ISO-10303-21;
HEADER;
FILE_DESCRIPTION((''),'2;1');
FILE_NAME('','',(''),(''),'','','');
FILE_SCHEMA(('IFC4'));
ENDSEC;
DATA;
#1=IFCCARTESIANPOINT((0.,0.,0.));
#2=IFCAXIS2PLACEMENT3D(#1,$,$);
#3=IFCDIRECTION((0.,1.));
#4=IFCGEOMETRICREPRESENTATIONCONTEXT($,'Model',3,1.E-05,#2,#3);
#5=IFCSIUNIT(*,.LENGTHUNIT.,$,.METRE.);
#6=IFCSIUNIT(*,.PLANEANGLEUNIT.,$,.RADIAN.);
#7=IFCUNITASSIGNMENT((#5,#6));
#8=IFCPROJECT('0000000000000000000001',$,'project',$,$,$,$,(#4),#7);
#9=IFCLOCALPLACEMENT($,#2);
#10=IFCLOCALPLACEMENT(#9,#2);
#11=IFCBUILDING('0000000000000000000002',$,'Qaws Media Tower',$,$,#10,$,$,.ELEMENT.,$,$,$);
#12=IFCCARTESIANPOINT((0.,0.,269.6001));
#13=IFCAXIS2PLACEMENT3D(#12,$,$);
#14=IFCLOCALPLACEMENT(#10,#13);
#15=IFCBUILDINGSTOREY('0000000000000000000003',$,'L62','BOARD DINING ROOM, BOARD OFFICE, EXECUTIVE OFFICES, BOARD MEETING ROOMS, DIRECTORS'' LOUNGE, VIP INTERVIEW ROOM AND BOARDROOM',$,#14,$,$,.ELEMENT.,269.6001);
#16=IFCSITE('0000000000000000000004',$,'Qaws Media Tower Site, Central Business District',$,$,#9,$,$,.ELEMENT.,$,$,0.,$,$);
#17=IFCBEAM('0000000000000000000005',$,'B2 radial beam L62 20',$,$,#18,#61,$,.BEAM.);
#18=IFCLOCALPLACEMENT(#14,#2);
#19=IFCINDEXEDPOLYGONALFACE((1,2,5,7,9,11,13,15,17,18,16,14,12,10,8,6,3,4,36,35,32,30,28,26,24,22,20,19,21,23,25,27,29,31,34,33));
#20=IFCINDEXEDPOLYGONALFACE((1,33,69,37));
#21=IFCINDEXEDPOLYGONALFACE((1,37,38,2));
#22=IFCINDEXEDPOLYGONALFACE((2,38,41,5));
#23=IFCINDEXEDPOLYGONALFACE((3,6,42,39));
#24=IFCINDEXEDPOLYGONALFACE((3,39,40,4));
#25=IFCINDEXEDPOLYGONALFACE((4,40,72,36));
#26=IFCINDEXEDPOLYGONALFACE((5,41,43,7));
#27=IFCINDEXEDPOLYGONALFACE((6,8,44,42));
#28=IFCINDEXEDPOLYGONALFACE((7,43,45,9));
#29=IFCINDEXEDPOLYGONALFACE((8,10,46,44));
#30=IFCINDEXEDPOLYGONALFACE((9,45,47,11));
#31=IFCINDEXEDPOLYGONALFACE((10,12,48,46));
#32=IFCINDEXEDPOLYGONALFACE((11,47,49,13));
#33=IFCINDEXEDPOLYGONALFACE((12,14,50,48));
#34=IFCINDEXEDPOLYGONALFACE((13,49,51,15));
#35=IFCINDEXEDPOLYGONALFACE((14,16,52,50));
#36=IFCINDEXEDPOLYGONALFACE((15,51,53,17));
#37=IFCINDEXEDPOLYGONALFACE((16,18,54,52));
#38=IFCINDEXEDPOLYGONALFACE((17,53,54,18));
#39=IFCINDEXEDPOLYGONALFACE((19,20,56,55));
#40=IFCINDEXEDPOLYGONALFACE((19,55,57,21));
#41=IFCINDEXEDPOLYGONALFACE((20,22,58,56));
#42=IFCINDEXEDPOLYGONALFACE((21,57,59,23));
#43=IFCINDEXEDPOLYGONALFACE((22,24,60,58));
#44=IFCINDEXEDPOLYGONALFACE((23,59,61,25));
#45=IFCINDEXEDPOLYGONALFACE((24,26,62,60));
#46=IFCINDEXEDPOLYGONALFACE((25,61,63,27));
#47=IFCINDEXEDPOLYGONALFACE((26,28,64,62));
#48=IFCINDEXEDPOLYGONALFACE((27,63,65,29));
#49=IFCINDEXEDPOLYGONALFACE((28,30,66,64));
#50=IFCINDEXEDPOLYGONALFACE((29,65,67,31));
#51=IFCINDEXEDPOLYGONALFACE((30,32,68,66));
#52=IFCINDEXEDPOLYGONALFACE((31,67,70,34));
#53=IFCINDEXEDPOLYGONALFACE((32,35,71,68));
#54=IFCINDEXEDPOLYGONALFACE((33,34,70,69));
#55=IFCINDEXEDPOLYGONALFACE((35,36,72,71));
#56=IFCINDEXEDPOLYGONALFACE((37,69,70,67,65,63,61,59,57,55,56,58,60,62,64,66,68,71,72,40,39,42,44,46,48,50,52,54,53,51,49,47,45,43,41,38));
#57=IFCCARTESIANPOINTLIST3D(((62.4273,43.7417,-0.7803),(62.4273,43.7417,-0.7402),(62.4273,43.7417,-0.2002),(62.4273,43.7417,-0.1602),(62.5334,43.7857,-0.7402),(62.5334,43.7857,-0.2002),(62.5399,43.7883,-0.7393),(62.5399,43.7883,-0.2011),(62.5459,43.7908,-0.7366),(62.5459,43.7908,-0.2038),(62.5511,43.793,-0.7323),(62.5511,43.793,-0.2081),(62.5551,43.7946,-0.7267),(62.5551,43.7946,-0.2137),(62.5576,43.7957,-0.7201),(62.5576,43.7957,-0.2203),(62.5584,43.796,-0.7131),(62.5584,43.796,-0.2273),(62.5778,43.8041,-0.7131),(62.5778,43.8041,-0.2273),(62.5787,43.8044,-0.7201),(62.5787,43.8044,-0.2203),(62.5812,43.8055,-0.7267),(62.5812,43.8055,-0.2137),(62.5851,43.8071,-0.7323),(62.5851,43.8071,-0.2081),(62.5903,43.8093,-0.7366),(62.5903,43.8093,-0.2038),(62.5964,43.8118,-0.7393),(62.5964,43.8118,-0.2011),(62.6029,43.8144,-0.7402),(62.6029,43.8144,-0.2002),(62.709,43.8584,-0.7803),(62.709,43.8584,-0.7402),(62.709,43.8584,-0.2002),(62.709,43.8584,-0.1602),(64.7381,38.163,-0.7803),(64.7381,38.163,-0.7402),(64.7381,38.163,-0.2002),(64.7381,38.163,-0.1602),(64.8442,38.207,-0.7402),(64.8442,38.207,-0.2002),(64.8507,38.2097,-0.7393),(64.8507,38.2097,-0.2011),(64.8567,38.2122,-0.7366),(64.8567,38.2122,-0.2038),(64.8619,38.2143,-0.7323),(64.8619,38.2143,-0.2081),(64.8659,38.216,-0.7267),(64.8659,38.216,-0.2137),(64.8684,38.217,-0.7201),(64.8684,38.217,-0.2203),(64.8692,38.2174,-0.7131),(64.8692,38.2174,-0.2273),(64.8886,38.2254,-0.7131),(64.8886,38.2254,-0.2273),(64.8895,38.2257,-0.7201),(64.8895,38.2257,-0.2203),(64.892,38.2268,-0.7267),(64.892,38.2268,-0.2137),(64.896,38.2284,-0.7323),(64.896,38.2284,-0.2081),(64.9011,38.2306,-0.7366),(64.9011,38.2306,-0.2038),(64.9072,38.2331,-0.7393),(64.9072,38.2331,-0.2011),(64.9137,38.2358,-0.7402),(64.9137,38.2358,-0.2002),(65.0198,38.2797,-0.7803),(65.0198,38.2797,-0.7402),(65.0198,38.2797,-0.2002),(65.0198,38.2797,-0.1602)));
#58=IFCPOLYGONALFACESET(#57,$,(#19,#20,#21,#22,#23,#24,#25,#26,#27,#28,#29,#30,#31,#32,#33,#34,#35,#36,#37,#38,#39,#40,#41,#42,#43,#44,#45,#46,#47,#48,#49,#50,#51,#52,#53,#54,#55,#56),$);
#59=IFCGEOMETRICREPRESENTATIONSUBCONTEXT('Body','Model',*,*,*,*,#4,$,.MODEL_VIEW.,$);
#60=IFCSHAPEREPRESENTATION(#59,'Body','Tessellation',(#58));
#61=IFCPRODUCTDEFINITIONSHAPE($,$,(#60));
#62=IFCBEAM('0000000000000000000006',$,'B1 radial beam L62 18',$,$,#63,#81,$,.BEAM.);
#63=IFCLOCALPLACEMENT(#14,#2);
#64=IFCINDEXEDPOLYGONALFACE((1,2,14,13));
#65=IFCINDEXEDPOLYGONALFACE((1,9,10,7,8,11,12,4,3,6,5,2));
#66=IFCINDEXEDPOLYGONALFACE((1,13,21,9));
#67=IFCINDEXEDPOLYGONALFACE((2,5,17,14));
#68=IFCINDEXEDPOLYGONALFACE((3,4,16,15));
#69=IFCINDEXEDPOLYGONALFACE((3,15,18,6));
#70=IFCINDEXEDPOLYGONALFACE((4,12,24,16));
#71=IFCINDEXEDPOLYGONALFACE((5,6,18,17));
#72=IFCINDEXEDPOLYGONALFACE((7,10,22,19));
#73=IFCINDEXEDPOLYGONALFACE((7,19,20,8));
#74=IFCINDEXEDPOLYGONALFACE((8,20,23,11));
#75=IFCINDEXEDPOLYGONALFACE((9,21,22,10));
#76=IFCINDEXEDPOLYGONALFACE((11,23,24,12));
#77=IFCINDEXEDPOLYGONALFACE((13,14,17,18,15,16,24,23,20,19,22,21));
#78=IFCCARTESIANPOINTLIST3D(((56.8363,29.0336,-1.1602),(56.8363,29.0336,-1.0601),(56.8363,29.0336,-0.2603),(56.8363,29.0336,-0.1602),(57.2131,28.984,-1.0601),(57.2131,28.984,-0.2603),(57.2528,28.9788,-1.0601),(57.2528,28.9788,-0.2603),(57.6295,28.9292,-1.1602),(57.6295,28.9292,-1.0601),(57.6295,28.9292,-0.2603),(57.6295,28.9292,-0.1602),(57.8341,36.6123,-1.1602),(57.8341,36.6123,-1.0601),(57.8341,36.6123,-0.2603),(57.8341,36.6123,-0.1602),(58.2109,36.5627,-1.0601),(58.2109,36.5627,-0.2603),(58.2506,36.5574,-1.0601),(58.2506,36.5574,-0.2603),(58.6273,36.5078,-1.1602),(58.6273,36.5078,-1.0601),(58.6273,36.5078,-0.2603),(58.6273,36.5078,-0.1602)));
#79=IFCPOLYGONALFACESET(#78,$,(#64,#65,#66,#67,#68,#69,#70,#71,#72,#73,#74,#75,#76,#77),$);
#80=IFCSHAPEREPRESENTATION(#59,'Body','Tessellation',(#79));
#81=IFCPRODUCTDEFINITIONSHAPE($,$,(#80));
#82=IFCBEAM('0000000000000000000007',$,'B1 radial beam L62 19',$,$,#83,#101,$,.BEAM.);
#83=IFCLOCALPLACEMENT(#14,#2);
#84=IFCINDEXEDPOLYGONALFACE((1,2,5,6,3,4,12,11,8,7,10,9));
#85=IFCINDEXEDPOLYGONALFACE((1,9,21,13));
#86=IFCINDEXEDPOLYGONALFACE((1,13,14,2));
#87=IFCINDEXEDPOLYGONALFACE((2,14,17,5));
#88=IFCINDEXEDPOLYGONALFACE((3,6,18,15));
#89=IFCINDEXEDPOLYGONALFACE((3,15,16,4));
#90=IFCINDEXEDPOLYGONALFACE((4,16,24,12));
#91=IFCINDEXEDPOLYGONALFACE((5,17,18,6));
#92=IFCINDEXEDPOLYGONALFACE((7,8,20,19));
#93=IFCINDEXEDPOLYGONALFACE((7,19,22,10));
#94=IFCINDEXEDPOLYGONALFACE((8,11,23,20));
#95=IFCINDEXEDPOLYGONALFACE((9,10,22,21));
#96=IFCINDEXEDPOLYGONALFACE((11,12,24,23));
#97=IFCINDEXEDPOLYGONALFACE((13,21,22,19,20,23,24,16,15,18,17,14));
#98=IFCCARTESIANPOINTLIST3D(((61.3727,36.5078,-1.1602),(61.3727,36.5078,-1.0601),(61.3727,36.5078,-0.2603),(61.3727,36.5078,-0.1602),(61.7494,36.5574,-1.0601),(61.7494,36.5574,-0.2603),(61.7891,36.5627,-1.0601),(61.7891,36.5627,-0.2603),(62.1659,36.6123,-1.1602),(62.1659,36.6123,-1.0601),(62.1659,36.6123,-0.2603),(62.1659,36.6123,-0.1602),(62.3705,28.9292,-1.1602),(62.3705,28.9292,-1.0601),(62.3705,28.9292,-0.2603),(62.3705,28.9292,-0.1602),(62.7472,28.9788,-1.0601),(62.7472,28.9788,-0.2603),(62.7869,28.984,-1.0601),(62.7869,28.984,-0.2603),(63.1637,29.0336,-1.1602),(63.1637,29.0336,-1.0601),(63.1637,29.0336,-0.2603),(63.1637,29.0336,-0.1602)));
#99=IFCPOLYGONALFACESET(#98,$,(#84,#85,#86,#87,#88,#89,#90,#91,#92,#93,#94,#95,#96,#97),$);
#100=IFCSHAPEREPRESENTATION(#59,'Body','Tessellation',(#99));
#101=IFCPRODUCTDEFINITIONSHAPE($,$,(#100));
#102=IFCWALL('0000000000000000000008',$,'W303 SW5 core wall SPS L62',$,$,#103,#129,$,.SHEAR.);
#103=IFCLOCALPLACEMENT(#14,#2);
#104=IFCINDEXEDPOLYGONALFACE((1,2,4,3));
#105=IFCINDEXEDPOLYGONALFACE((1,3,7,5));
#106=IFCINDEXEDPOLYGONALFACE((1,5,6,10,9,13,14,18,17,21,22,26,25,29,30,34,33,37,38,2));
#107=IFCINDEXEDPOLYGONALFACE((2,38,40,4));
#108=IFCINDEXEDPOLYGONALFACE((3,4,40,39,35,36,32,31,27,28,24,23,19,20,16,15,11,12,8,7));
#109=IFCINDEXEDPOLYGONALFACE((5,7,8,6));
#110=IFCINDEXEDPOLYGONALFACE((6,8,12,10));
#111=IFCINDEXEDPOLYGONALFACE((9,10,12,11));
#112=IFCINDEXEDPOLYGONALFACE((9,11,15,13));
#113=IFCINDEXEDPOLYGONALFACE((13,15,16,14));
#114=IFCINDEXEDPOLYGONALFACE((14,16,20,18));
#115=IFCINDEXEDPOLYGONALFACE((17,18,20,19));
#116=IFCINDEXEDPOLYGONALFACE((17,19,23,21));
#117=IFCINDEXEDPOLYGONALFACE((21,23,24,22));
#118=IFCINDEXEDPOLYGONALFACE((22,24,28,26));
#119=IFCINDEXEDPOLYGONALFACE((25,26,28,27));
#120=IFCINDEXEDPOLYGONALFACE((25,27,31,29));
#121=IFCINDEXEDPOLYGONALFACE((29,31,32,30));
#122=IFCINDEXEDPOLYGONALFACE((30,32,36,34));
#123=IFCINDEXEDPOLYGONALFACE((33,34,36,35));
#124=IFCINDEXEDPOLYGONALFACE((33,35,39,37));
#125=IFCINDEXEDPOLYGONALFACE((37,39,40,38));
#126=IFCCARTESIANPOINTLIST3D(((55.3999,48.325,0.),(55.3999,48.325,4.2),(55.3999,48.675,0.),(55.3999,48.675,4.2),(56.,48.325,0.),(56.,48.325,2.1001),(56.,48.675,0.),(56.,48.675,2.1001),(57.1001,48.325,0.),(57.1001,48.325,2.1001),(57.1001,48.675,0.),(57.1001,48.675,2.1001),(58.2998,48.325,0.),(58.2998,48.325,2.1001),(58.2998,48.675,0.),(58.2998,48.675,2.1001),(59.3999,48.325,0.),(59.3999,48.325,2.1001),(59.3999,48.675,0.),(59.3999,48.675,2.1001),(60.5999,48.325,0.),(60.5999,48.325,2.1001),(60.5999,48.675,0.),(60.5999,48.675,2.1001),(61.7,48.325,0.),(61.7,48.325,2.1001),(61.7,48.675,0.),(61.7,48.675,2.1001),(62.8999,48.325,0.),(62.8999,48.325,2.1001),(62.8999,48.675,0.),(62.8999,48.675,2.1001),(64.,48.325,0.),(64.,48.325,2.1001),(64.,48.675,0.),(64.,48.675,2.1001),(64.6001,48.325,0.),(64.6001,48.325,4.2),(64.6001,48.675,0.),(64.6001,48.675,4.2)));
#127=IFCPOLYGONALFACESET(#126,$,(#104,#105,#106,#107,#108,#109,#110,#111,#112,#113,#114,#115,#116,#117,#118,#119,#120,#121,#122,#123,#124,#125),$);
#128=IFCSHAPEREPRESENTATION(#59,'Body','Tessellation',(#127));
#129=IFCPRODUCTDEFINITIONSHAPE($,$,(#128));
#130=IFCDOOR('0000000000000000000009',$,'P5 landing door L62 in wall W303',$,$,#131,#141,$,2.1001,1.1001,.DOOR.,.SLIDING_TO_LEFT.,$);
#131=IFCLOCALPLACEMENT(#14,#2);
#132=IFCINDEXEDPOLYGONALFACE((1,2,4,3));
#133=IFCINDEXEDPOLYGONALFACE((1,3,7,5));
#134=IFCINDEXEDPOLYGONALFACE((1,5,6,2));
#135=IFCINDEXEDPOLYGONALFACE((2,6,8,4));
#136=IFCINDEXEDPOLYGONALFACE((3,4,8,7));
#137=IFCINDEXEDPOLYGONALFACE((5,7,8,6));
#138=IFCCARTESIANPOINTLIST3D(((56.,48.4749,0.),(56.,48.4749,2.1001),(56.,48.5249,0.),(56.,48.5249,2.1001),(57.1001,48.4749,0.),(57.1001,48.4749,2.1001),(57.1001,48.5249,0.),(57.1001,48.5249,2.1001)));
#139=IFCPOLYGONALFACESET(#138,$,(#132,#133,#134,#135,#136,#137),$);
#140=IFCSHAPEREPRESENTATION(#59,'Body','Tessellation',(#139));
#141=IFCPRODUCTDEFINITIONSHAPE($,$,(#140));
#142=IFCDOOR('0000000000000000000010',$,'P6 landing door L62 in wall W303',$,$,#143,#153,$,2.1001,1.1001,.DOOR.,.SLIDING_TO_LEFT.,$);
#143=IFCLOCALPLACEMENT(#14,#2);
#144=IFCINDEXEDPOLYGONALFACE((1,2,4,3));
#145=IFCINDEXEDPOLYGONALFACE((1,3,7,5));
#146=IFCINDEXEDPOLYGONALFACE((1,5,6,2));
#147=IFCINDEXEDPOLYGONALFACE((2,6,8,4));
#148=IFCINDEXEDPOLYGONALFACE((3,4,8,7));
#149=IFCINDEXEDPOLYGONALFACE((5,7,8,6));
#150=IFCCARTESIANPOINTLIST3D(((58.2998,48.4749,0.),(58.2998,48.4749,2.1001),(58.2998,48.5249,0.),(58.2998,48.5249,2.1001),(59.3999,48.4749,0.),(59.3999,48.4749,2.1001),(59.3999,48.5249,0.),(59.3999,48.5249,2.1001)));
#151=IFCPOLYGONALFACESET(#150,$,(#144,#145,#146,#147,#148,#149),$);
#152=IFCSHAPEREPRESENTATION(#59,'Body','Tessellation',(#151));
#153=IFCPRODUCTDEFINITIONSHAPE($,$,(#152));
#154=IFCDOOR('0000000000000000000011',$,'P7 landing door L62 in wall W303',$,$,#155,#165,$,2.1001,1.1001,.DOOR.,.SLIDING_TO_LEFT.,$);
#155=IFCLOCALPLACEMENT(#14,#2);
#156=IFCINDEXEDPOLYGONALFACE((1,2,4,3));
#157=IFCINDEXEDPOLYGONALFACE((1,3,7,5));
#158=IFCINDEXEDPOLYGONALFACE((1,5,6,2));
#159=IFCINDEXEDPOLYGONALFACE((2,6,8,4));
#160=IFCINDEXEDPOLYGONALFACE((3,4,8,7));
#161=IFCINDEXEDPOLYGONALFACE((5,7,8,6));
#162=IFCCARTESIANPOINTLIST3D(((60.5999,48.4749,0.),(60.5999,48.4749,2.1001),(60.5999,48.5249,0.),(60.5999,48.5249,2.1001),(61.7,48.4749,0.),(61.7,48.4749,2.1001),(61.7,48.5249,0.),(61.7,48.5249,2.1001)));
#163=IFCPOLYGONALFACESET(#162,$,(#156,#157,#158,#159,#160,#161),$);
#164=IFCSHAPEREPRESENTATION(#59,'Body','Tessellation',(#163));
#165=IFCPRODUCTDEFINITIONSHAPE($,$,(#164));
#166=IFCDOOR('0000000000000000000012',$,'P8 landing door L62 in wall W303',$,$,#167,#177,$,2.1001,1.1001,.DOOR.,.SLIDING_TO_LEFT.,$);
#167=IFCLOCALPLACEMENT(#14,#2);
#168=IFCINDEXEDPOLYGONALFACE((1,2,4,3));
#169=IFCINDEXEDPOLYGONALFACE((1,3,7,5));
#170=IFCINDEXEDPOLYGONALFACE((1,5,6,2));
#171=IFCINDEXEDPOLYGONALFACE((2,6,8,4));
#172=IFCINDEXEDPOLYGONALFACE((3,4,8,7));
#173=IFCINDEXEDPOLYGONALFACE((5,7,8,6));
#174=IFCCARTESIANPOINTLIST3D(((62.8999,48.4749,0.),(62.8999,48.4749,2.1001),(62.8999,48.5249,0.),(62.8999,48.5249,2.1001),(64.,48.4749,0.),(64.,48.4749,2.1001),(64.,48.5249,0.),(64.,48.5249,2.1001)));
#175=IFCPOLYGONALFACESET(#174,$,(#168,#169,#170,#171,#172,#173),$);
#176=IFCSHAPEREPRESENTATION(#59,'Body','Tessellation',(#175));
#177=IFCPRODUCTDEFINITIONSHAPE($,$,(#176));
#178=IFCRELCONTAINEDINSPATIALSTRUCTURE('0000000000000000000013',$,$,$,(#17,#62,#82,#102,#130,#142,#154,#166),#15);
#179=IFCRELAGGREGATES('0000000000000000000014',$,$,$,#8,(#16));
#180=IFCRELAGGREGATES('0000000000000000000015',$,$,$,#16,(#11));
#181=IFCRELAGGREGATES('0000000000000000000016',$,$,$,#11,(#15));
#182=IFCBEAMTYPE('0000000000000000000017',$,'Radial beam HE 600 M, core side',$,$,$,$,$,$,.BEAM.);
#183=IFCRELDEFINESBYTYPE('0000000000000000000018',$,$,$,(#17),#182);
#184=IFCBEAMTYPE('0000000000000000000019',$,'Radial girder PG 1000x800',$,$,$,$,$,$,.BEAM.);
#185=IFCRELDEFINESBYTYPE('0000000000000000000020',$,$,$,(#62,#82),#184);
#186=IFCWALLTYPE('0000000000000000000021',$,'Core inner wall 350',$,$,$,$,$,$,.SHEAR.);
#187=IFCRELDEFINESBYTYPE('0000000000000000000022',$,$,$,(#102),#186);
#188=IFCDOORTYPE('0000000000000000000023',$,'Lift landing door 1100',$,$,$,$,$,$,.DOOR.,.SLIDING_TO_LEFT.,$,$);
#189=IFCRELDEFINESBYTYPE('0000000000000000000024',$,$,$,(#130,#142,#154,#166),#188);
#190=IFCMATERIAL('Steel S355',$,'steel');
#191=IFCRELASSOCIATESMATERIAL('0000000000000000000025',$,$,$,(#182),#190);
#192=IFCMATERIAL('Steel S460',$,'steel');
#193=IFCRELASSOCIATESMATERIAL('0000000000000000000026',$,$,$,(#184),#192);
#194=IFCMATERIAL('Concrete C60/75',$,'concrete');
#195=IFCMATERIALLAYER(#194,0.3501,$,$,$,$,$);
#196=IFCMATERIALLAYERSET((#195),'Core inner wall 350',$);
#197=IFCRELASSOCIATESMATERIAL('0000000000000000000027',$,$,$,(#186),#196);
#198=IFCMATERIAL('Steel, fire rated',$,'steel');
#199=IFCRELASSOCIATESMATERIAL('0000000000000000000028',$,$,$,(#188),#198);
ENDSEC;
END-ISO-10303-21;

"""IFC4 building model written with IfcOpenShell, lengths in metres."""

from ifc_helpers import new_model, si_unit, direction, frame, frame_2d, origin, origin_2d, place, context, subcontext, project, spatial, rectangle, i_section, extrude, material, layer, layer_set, material_profile, profile_set, type_object, element, fill, save


model = new_model("IFC4")

# Units and contexts
model_context = context("Model", 3, precision=1e-05, world=origin(), true_north=direction((0.0, 1.0)))
body_context = subcontext(model_context, "Body", "Model", "MODEL_VIEW")
ifc_project = project(units=[si_unit("LENGTHUNIT", "METRE"), si_unit("PLANEANGLEUNIT", "RADIAN")], contexts=[model_context])

# Site, building, storey
site_placement = place(None, origin())
site = spatial("IfcSite", under=ifc_project, at=site_placement, Name="Qaws Media Tower Site, Central Business District", CompositionType="ELEMENT", RefElevation=0.0)
building_placement = place(site_placement, origin())
building = spatial("IfcBuilding", under=site, at=building_placement, Name="Qaws Media Tower", CompositionType="ELEMENT")
storey_placement = place(building_placement, frame((0.0, 0.0, 269.6001)))
storey = spatial("IfcBuildingStorey", under=building, at=storey_placement, Name="L62", Description="BOARD DINING ROOM, BOARD OFFICE, EXECUTIVE OFFICES, BOARD MEETING ROOMS, DIRECTORS' LOUNGE, VIP INTERVIEW ROOM AND BOARDROOM", CompositionType="ELEMENT", Elevation=269.6001)

# Beams
ifc_material_1 = material(Name="Steel S355", Category="steel")
ifc_material_profile_1 = material_profile(ifc_material_1, i_section(OverallWidth=0.3049, OverallDepth=0.6201, WebThickness=0.021, FlangeThickness=0.04, FilletRadius=0.0271, at=origin_2d()), Name="HE 600 M")
ifc_profile_set_1 = profile_set([ifc_material_profile_1], Name="Steel S355")
beam_type_1 = type_object("IfcBeamType", Name="Radial beam HE 600 M, core side", PredefinedType="BEAM", material=ifc_profile_set_1)
beam_1_placement = place(storey_placement, frame((62.5681, 43.8, -0.4702), z_axis=(0.382691, -0.923876, 0.0), x_axis=(0.923876, 0.382691, 0.0)))
element("IfcBeam", 1, at=beam_1_placement, inside=storey, type_object=beam_type_1, Name="B2 radial beam L62 20", PredefinedType="BEAM", context=body_context, shape_type="SweptSolid", body=[
    extrude(i_section(OverallWidth=0.3049, OverallDepth=0.6201, WebThickness=0.021, FlangeThickness=0.04, FilletRadius=0.0271, at=origin_2d()), origin(), (0.0, 0.0, 1.0), 6.0383),
])
ifc_material_2 = material(Name="Steel S460", Category="steel")
ifc_material_profile_2 = material_profile(ifc_material_2, i_section(OverallWidth=0.8, OverallDepth=1.0, WebThickness=0.04, FlangeThickness=0.1001, at=origin_2d()), Name="PG 1000x800")
ifc_profile_set_2 = profile_set([ifc_material_profile_2], Name="Steel S460")
beam_type_2 = type_object("IfcBeamType", Name="Radial girder PG 1000x800", PredefinedType="BEAM", material=ifc_profile_set_2)
for number, where, z_axis, x_axis, name in (
    (2, (58.2307, 36.5601, -0.6602), (-0.130534, -0.991444, 0.0), (0.991444, -0.130534, 0.0), "B1 radial beam L62 18"),
    (3, (61.7693, 36.5601, -0.6602), (0.130534, -0.991444, 0.0), (0.991444, 0.130534, 0.0), "B1 radial beam L62 19"),
):
    element("IfcBeam", number, at=place(storey_placement, frame(where, z_axis=z_axis, x_axis=x_axis)), inside=storey, type_object=beam_type_2, Name=name, PredefinedType="BEAM", context=body_context, shape_type="SweptSolid", body=[
        extrude(i_section(OverallWidth=0.8, OverallDepth=1.0, WebThickness=0.04, FlangeThickness=0.1001, at=origin_2d()), origin(), (0.0, 0.0, 1.0), 7.644),
    ])

# Wall, openings, doors
ifc_material_3 = material(Name="Concrete C60/75", Category="concrete")
ifc_layer_1 = layer(ifc_material_3, 0.3501)
ifc_layer_set_1 = layer_set([ifc_layer_1], Name="Core inner wall 350")
wall_type_1 = type_object("IfcWallType", Name="Core inner wall 350", PredefinedType="SHEAR", material=ifc_layer_set_1)
wall_1_placement = place(storey_placement, frame((55.3999, 48.5, 0.0), z_axis=(0.0, 0.0, 1.0), x_axis=(1.0, 0.0, 0.0)))
wall_1 = element("IfcWall", 4, at=wall_1_placement, inside=storey, type_object=wall_type_1, Name="W303 SW5 core wall SPS L62", PredefinedType="SHEAR", context=body_context, shape_type="SweptSolid", body=[
    extrude(rectangle(XDim=9.2002, YDim=0.3501, at=frame_2d((4.6001, 0.0))), origin(), (0.0, 0.0, 1.0), 4.2),
])
opening_1_placement = place(wall_1_placement, frame((0.6001, 0.0, 0.0)))
opening_1 = element("IfcOpeningElement", 5, at=opening_1_placement, cuts=wall_1, PredefinedType="OPENING", context=body_context, shape_type="SweptSolid", body=[
    extrude(rectangle(XDim=1.1001, YDim=2.1001, at=frame_2d((0.55, 1.05))), frame((0.0, 0.1851, 0.0), z_axis=(0.0, -1.0, 0.0), x_axis=(1.0, 0.0, 0.0)), (0.0, 0.0, 1.0), 0.3701),
])
opening_2_placement = place(wall_1_placement, frame((2.8999, 0.0, 0.0)))
opening_2 = element("IfcOpeningElement", 6, at=opening_2_placement, cuts=wall_1, PredefinedType="OPENING", context=body_context, shape_type="SweptSolid", body=[
    extrude(rectangle(XDim=1.1001, YDim=2.1001, at=frame_2d((0.55, 1.05))), frame((0.0, 0.1851, 0.0), z_axis=(0.0, -1.0, 0.0), x_axis=(1.0, 0.0, 0.0)), (0.0, 0.0, 1.0), 0.3701),
])
opening_3_placement = place(wall_1_placement, frame((5.2, 0.0, 0.0)))
opening_3 = element("IfcOpeningElement", 7, at=opening_3_placement, cuts=wall_1, PredefinedType="OPENING", context=body_context, shape_type="SweptSolid", body=[
    extrude(rectangle(XDim=1.1001, YDim=2.1001, at=frame_2d((0.55, 1.05))), frame((0.0, 0.1851, 0.0), z_axis=(0.0, -1.0, 0.0), x_axis=(1.0, 0.0, 0.0)), (0.0, 0.0, 1.0), 0.3701),
])
opening_4_placement = place(wall_1_placement, frame((7.5, 0.0, 0.0)))
opening_4 = element("IfcOpeningElement", 8, at=opening_4_placement, cuts=wall_1, PredefinedType="OPENING", context=body_context, shape_type="SweptSolid", body=[
    extrude(rectangle(XDim=1.1001, YDim=2.1001, at=frame_2d((0.55, 1.05))), frame((0.0, 0.1851, 0.0), z_axis=(0.0, -1.0, 0.0), x_axis=(1.0, 0.0, 0.0)), (0.0, 0.0, 1.0), 0.3701),
])
ifc_material_4 = material(Name="Steel, fire rated", Category="steel")
door_type_1 = type_object("IfcDoorType", Name="Lift landing door 1100", OperationType="SLIDING_TO_LEFT", PredefinedType="DOOR", material=ifc_material_4)
door_1_placement = place(opening_1_placement, origin())
door_1 = element("IfcDoor", 9, at=door_1_placement, inside=storey, type_object=door_type_1, Name="P5 landing door L62 in wall W303", OperationType="SLIDING_TO_LEFT", OverallHeight=2.1001, OverallWidth=1.1001, PredefinedType="DOOR", context=body_context, shape_type="SweptSolid", body=[
    extrude(rectangle(XDim=1.1001, YDim=2.1001, at=frame_2d((0.55, 1.05))), frame((0.0, 0.0249, 0.0), z_axis=(0.0, -1.0, 0.0), x_axis=(1.0, 0.0, 0.0)), (0.0, 0.0, 1.0), 0.05),
])
fill(opening_1, door_1)
door_2_placement = place(opening_2_placement, origin())
door_2 = element("IfcDoor", 10, at=door_2_placement, inside=storey, type_object=door_type_1, Name="P6 landing door L62 in wall W303", OperationType="SLIDING_TO_LEFT", OverallHeight=2.1001, OverallWidth=1.1001, PredefinedType="DOOR", context=body_context, shape_type="SweptSolid", body=[
    extrude(rectangle(XDim=1.1001, YDim=2.1001, at=frame_2d((0.55, 1.05))), frame((0.0, 0.0249, 0.0), z_axis=(0.0, -1.0, 0.0), x_axis=(1.0, 0.0, 0.0)), (0.0, 0.0, 1.0), 0.05),
])
fill(opening_2, door_2)
door_3_placement = place(opening_3_placement, origin())
door_3 = element("IfcDoor", 11, at=door_3_placement, inside=storey, type_object=door_type_1, Name="P7 landing door L62 in wall W303", OperationType="SLIDING_TO_LEFT", OverallHeight=2.1001, OverallWidth=1.1001, PredefinedType="DOOR", context=body_context, shape_type="SweptSolid", body=[
    extrude(rectangle(XDim=1.1001, YDim=2.1001, at=frame_2d((0.55, 1.05))), frame((0.0, 0.0249, 0.0), z_axis=(0.0, -1.0, 0.0), x_axis=(1.0, 0.0, 0.0)), (0.0, 0.0, 1.0), 0.05),
])
fill(opening_3, door_3)
door_4_placement = place(opening_4_placement, origin())
door_4 = element("IfcDoor", 12, at=door_4_placement, inside=storey, type_object=door_type_1, Name="P8 landing door L62 in wall W303", OperationType="SLIDING_TO_LEFT", OverallHeight=2.1001, OverallWidth=1.1001, PredefinedType="DOOR", context=body_context, shape_type="SweptSolid", body=[
    extrude(rectangle(XDim=1.1001, YDim=2.1001, at=frame_2d((0.55, 1.05))), frame((0.0, 0.0249, 0.0), z_axis=(0.0, -1.0, 0.0), x_axis=(1.0, 0.0, 0.0)), (0.0, 0.0, 1.0), 0.05),
])
fill(opening_4, door_4)

save(model, "model.ifc")
